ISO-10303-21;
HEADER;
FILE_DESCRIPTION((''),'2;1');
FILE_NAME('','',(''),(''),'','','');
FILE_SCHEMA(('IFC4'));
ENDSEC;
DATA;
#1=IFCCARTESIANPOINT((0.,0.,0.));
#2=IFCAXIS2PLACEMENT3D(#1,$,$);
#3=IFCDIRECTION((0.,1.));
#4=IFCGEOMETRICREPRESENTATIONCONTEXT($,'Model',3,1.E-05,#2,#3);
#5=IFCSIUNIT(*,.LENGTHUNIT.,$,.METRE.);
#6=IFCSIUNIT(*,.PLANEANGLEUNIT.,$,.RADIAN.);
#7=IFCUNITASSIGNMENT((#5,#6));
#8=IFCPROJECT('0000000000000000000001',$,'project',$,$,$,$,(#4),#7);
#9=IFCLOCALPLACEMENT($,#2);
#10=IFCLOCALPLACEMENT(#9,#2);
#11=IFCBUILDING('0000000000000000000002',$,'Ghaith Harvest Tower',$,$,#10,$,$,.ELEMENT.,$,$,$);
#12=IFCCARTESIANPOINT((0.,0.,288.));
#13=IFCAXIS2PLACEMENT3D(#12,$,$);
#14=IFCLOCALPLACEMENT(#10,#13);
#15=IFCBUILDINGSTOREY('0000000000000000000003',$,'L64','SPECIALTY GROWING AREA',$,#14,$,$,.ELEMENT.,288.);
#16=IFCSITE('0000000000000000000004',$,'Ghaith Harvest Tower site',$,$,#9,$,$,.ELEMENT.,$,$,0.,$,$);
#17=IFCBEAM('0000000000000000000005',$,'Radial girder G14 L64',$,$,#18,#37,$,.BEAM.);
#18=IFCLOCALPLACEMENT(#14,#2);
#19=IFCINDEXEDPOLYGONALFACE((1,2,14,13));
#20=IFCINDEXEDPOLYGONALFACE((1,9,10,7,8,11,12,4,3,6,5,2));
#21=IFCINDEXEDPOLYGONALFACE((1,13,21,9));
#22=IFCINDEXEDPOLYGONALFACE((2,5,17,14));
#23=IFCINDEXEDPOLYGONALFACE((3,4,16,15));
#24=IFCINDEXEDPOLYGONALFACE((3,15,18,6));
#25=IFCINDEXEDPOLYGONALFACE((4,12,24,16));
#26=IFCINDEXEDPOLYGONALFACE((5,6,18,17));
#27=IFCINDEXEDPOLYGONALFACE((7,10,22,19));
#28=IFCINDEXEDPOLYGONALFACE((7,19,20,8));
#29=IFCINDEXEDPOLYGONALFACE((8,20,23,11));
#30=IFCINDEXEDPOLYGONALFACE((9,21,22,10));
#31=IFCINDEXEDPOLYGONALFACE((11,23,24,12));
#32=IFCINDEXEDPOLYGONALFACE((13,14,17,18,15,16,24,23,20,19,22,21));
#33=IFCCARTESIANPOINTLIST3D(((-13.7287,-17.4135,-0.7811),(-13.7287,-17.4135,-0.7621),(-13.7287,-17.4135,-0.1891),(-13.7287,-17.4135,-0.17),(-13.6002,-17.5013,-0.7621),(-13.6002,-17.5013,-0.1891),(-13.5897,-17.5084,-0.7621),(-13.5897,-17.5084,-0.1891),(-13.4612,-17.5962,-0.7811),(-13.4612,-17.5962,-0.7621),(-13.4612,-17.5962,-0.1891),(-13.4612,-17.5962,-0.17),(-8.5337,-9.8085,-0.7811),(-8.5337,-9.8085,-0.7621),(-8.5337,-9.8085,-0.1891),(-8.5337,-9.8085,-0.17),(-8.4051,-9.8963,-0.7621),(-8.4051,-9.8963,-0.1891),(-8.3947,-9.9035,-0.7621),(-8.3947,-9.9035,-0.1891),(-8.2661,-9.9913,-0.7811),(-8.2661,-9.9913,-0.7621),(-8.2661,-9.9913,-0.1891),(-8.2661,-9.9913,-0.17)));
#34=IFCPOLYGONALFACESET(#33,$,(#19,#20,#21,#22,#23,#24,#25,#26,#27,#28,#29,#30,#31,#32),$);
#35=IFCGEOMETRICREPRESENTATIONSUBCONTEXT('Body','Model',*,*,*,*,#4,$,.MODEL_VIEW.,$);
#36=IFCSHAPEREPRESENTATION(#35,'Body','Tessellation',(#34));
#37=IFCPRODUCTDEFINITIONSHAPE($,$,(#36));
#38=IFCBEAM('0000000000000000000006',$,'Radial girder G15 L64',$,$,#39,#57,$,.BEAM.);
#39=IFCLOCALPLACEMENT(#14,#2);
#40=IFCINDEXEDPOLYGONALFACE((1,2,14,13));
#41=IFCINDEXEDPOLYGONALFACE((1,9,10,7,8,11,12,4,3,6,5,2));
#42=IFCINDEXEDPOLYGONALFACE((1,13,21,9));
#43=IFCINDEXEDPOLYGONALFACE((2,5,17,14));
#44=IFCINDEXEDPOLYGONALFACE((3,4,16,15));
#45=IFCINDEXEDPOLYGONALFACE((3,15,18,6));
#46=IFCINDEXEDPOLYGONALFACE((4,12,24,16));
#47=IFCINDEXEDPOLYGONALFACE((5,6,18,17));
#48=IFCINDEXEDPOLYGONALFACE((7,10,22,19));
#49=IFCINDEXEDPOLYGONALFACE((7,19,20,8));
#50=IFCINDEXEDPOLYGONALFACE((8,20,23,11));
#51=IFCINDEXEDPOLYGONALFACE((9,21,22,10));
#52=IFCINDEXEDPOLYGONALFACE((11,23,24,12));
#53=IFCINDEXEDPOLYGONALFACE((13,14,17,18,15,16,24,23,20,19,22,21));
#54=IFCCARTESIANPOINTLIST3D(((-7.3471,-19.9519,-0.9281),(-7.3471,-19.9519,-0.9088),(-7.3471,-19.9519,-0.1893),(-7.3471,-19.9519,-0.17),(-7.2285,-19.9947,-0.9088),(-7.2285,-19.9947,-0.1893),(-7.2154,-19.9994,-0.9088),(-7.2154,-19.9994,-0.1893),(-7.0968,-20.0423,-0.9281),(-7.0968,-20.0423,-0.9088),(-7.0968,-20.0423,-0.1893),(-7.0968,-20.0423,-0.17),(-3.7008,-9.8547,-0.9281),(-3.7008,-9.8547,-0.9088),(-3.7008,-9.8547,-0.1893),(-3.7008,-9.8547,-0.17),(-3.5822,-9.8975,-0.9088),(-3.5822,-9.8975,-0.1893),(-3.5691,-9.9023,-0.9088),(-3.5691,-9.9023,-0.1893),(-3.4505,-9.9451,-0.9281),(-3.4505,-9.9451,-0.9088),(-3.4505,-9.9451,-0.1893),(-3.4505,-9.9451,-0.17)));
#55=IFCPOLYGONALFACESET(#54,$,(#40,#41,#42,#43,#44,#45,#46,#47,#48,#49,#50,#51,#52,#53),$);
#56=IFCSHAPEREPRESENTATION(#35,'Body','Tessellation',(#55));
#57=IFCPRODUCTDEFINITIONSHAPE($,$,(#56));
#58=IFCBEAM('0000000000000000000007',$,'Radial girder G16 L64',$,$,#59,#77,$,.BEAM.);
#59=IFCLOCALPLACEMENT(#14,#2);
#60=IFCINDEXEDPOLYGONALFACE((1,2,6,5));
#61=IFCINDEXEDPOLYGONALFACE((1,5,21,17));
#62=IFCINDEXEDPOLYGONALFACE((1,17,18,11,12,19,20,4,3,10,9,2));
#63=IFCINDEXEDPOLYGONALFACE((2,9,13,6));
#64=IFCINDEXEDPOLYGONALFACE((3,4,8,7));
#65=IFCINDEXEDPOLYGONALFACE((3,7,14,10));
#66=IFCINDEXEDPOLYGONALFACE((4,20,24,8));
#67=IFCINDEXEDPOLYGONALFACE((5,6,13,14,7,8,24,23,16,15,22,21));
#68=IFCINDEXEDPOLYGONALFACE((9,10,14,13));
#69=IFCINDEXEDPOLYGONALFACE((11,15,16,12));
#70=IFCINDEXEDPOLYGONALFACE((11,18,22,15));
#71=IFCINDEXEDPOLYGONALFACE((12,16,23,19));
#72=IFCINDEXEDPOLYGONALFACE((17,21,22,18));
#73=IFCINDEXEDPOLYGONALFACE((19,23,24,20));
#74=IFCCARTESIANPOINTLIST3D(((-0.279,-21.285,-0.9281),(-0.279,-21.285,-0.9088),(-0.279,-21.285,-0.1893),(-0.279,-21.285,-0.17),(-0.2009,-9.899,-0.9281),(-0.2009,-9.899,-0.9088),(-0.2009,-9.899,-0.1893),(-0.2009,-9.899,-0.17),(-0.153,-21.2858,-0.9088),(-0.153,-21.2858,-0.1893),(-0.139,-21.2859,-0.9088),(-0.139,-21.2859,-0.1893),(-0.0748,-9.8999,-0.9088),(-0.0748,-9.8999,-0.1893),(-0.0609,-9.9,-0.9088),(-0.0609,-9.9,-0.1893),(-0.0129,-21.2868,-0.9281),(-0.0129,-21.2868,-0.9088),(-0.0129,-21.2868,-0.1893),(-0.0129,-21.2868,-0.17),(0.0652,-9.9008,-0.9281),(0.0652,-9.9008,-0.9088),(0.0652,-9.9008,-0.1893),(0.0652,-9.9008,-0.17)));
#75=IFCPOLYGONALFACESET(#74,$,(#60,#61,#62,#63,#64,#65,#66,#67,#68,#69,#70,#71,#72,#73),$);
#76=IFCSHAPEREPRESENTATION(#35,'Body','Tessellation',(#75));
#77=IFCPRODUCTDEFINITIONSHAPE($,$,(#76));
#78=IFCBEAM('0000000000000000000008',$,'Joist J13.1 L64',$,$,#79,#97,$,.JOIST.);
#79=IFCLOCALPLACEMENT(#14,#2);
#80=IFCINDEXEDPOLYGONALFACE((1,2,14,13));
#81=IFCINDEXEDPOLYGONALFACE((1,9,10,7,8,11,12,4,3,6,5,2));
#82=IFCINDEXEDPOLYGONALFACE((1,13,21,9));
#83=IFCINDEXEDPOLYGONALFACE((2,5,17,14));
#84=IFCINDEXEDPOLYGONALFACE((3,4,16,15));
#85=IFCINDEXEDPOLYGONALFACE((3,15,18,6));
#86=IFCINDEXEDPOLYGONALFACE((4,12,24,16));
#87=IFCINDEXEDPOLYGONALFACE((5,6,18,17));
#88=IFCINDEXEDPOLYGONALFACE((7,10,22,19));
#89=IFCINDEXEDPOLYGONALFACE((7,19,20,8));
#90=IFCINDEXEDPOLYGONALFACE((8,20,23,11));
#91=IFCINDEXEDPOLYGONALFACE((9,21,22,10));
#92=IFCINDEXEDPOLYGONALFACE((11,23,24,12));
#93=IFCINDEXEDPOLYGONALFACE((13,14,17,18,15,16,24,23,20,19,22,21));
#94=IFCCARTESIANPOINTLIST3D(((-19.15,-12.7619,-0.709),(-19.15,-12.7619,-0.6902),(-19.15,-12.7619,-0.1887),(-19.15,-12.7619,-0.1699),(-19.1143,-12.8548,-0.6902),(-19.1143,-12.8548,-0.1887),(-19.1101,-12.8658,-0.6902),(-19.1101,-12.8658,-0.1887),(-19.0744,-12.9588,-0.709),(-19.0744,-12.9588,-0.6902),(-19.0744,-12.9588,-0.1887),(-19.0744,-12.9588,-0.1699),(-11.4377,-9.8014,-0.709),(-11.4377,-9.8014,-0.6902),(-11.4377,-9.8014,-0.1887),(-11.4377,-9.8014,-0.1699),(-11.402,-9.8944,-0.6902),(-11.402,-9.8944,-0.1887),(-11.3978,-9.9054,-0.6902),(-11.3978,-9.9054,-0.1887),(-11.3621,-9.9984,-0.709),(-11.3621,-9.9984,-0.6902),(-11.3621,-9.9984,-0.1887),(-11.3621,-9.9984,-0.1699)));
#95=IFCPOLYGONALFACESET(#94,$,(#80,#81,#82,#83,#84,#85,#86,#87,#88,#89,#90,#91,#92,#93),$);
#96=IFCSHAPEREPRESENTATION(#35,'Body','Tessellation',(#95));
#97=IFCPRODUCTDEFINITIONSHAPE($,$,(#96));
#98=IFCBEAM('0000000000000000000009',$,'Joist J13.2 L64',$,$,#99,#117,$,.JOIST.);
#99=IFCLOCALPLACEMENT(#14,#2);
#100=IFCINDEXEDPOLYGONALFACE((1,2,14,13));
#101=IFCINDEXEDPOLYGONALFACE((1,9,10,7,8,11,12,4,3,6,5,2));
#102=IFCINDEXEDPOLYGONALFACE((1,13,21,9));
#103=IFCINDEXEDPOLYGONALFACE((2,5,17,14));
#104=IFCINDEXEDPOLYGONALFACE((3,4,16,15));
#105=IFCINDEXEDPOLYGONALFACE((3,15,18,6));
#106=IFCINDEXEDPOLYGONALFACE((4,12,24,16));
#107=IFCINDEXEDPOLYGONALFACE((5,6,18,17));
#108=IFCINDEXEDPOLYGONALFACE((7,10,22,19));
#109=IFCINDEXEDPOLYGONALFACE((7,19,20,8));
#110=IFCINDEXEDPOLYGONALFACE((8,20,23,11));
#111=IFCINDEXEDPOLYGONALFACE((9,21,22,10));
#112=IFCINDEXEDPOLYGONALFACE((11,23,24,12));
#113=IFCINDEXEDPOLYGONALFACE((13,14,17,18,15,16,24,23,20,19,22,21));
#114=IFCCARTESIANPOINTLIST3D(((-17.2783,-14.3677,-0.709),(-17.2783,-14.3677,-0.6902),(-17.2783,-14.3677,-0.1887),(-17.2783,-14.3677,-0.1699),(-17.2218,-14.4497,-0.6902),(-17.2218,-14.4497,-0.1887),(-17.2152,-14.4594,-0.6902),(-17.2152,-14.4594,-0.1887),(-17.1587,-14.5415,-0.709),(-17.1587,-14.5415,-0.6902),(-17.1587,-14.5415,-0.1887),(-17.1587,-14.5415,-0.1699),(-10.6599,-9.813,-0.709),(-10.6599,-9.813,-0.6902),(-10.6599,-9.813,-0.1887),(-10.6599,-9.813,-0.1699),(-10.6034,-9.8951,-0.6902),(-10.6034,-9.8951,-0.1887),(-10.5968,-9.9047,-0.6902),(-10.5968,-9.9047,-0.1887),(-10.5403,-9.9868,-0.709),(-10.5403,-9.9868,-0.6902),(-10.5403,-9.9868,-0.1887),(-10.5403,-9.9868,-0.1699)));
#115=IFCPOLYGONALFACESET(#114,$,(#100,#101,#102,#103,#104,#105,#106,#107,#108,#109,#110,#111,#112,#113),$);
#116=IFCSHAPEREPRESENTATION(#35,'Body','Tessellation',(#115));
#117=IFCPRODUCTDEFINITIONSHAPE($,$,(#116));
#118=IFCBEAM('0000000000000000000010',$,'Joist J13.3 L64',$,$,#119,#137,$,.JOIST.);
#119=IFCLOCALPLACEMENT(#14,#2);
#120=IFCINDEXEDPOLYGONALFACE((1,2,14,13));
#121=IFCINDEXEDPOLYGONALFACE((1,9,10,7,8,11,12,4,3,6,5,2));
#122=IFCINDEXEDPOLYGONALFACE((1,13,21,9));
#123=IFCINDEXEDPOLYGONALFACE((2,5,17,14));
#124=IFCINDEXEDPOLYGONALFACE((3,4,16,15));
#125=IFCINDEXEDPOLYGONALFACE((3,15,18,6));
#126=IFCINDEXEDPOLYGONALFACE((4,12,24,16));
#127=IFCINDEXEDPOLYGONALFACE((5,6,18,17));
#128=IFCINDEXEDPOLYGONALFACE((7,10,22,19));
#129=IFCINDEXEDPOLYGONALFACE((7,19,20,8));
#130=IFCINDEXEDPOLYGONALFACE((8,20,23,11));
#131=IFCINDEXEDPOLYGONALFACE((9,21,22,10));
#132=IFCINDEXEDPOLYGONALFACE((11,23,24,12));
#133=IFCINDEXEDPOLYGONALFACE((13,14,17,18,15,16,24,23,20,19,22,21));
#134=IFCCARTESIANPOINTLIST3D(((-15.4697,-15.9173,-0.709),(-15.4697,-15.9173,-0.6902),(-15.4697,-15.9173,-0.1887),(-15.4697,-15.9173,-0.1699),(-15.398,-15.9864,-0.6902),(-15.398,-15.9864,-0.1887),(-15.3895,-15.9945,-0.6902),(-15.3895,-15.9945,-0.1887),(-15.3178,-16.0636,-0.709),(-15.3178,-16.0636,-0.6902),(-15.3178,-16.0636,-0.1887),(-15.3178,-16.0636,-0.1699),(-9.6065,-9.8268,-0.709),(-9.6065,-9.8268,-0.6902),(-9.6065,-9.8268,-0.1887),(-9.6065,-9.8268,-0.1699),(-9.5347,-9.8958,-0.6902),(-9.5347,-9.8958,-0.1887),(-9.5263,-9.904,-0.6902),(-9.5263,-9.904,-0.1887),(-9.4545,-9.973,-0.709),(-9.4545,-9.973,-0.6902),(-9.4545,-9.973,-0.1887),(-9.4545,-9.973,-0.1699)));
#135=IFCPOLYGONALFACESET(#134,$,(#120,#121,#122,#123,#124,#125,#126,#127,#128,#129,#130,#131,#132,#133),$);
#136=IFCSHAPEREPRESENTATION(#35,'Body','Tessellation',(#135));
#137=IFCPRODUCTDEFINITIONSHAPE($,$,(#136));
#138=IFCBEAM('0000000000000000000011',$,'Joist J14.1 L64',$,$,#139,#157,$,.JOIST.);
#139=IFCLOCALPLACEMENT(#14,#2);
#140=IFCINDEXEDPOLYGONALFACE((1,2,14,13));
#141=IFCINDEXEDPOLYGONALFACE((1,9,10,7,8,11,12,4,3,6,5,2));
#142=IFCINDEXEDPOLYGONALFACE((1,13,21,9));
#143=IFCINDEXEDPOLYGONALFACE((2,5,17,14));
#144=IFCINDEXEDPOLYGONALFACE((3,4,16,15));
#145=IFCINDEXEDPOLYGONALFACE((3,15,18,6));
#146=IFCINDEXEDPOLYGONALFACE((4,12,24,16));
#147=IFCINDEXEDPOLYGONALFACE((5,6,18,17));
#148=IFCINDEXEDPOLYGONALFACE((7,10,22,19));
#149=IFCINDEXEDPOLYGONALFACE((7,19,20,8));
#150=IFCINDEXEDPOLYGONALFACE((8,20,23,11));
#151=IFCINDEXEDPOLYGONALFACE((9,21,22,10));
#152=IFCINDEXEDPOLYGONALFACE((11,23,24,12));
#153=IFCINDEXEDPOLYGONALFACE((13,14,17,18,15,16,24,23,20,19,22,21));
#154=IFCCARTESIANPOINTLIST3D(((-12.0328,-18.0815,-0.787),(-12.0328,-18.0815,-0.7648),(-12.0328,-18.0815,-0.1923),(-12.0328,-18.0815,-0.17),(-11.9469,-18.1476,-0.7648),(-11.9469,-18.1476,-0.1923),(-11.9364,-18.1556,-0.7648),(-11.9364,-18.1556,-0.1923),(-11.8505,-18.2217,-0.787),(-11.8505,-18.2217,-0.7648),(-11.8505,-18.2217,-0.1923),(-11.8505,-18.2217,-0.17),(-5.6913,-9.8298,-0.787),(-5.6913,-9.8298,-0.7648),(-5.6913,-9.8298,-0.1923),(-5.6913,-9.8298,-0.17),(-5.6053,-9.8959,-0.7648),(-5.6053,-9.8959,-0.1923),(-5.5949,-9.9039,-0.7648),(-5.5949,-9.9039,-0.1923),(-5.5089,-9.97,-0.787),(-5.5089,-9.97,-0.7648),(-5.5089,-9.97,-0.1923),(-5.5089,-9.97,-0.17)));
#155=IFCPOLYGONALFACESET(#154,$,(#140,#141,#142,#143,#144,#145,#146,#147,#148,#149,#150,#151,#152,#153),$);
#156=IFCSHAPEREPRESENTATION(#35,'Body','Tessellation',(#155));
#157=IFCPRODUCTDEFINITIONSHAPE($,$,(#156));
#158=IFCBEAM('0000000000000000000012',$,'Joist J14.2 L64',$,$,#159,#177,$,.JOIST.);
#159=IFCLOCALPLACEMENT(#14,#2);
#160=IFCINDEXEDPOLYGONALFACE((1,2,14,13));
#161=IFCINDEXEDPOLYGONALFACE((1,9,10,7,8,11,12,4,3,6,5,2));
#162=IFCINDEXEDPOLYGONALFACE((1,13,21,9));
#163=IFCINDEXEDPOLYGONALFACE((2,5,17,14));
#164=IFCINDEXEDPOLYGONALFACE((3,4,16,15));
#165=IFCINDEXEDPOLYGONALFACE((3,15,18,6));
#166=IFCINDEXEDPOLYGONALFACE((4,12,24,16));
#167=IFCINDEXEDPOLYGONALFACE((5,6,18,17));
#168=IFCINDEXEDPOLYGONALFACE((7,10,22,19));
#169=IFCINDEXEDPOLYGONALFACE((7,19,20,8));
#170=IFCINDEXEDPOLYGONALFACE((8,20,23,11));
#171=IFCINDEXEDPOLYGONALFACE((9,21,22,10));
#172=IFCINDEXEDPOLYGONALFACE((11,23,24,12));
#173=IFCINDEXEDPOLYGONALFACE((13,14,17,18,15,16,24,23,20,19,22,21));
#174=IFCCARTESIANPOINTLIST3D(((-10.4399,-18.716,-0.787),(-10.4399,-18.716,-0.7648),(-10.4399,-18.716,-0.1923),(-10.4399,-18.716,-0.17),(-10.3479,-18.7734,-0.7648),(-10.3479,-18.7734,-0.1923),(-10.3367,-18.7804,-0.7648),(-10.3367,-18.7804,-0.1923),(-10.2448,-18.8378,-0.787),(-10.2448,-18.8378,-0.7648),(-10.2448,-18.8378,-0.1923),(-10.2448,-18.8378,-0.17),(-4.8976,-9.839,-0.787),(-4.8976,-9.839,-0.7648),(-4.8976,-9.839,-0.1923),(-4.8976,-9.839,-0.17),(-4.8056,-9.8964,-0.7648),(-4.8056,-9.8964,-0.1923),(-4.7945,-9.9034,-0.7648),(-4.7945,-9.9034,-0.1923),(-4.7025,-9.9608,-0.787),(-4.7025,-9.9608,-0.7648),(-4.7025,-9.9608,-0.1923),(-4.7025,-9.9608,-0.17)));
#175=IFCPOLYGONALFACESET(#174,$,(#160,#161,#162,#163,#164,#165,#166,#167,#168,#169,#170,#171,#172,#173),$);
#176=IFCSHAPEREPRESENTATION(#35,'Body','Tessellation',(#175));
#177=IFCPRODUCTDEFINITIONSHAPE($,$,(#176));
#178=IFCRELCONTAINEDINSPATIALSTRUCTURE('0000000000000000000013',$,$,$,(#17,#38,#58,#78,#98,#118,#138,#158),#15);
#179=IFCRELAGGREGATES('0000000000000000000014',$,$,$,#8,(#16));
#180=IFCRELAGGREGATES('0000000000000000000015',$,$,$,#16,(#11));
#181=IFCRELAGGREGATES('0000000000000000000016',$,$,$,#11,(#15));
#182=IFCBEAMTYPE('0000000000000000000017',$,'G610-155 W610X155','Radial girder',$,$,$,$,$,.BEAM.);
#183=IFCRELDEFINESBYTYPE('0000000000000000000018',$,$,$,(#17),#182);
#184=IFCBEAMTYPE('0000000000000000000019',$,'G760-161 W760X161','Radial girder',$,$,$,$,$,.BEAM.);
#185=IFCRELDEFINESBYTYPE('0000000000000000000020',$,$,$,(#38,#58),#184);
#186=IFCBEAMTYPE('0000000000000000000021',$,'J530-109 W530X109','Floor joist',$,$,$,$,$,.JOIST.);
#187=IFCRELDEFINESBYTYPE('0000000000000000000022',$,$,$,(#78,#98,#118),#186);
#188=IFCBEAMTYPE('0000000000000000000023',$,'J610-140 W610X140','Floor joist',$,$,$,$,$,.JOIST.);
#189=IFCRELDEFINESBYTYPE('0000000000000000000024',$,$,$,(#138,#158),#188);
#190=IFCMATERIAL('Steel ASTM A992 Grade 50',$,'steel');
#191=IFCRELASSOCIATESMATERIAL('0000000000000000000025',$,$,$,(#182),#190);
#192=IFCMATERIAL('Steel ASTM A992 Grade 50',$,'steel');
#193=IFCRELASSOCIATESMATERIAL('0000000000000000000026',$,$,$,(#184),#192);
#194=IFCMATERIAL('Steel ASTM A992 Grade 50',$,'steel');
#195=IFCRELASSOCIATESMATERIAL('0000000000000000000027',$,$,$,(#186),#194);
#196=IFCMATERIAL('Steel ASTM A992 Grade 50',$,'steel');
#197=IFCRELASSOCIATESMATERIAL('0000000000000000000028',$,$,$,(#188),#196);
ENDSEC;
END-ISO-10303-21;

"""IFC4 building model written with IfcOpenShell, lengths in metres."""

from ifc_helpers import new_model, si_unit, direction, frame, origin, origin_2d, place, context, subcontext, project, spatial, i_section, extrude, material, material_profile, profile_set, type_object, element, save


model = new_model("IFC4")

# Units and contexts
model_context = context("Model", 3, precision=1e-05, world=origin(), true_north=direction((0.0, 1.0)))
body_context = subcontext(model_context, "Body", "Model", "MODEL_VIEW")
ifc_project = project(units=[si_unit("LENGTHUNIT", "METRE"), si_unit("PLANEANGLEUNIT", "RADIAN")], contexts=[model_context])

# Site, building, storey
site_placement = place(None, origin())
site = spatial("IfcSite", under=ifc_project, at=site_placement, Name="Ghaith Harvest Tower site", CompositionType="ELEMENT", RefElevation=0.0)
building_placement = place(site_placement, origin())
building = spatial("IfcBuilding", under=site, at=building_placement, Name="Ghaith Harvest Tower", CompositionType="ELEMENT")
storey_placement = place(building_placement, frame((0.0, 0.0, 288.0)))
storey = spatial("IfcBuildingStorey", under=building, at=storey_placement, Name="L64", Description="SPECIALTY GROWING AREA", CompositionType="ELEMENT", Elevation=288.0)

# Beams
ifc_material_1 = material(Name="Steel ASTM A992 Grade 50", Category="steel")
ifc_material_profile_1 = material_profile(ifc_material_1, i_section(OverallWidth=0.324, OverallDepth=0.6111, WebThickness=0.0127, FlangeThickness=0.019, at=origin_2d()), Name="W610X155")
ifc_profile_set_1 = profile_set([ifc_material_profile_1], Name="Steel ASTM A992 Grade 50")
beam_type_1 = type_object("IfcBeamType", Name="G610-155 W610X155", Description="Radial girder", PredefinedType="BEAM", material=ifc_profile_set_1)
beam_1_placement = place(storey_placement, frame((-8.3999, -9.8999, -0.4756), z_axis=(-0.564067, -0.825729, 0.0), x_axis=(0.825729, -0.564067, 0.0)))
element("IfcBeam", 1, at=beam_1_placement, inside=storey, type_object=beam_type_1, Name="Radial girder G14 L64", PredefinedType="BEAM", context=body_context, shape_type="SweptSolid", body=[
    extrude(i_section(OverallWidth=0.324, OverallDepth=0.6111, WebThickness=0.0127, FlangeThickness=0.019, at=origin_2d()), origin(), (0.0, 0.0, 1.0), 9.21),
])
ifc_material_2 = material(Name="Steel ASTM A992 Grade 50", Category="steel")
ifc_material_profile_2 = material_profile(ifc_material_2, i_section(OverallWidth=0.2661, OverallDepth=0.7581, WebThickness=0.0139, FlangeThickness=0.0193, at=origin_2d()), Name="W760X161")
ifc_profile_set_2 = profile_set([ifc_material_profile_2], Name="Steel ASTM A992 Grade 50")
beam_type_2 = type_object("IfcBeamType", Name="G760-161 W760X161", Description="Radial girder", PredefinedType="BEAM", material=ifc_profile_set_2)
beam_2_placement = place(storey_placement, frame((-3.5757, -9.8999, -0.5491), z_axis=(-0.339648, -0.940553, 0.0), x_axis=(0.940553, -0.339648, 0.0)))
element("IfcBeam", 2, at=beam_2_placement, inside=storey, type_object=beam_type_2, Name="Radial girder G15 L64", PredefinedType="BEAM", context=body_context, shape_type="SweptSolid", body=[
    extrude(i_section(OverallWidth=0.2661, OverallDepth=0.7581, WebThickness=0.0139, FlangeThickness=0.0193, at=origin_2d()), origin(), (0.0, 0.0, 1.0), 10.7354),
])
beam_3_placement = place(storey_placement, frame((-0.0679, -9.8999, -0.5491), z_axis=(-0.006861, -0.999976, 0.0), x_axis=(0.999976, -0.006861, 0.0)))
element("IfcBeam", 3, at=beam_3_placement, inside=storey, type_object=beam_type_2, Name="Radial girder G16 L64", PredefinedType="BEAM", context=body_context, shape_type="SweptSolid", body=[
    extrude(i_section(OverallWidth=0.2661, OverallDepth=0.7581, WebThickness=0.0139, FlangeThickness=0.0193, at=origin_2d()), origin(), (0.0, 0.0, 1.0), 11.3862),
])
ifc_material_3 = material(Name="Steel ASTM A992 Grade 50", Category="steel")
ifc_material_profile_3 = material_profile(ifc_material_3, i_section(OverallWidth=0.2109, OverallDepth=0.5391, WebThickness=0.0117, FlangeThickness=0.0188, at=origin_2d()), Name="W530X109")
ifc_profile_set_3 = profile_set([ifc_material_profile_3], Name="Steel ASTM A992 Grade 50")
beam_type_3 = type_object("IfcBeamType", Name="J530-109 W530X109", Description="Floor joist", PredefinedType="JOIST", material=ifc_profile_set_3)
beam_4_placement = place(storey_placement, frame((-11.3999, -9.8999, -0.4395), z_axis=(-0.933583, -0.358361, 0.0), x_axis=(0.358361, -0.933583, 0.0)))
element("IfcBeam", 4, at=beam_4_placement, inside=storey, type_object=beam_type_3, Name="Joist J13.1 L64", PredefinedType="JOIST", context=body_context, shape_type="SweptSolid", body=[
    extrude(i_section(OverallWidth=0.2109, OverallDepth=0.5391, WebThickness=0.0117, FlangeThickness=0.0188, at=origin_2d()), origin(), (0.0, 0.0, 1.0), 8.261),
])
beam_5_placement = place(storey_placement, frame((-10.6001, -9.8999, -0.4395), z_axis=(-0.823779, -0.566912, 0.0), x_axis=(0.566912, -0.823779, 0.0)))
element("IfcBeam", 5, at=beam_5_placement, inside=storey, type_object=beam_type_3, Name="Joist J13.2 L64", PredefinedType="JOIST", context=body_context, shape_type="SweptSolid", body=[
    extrude(i_section(OverallWidth=0.2109, OverallDepth=0.5391, WebThickness=0.0117, FlangeThickness=0.0188, at=origin_2d()), origin(), (0.0, 0.0, 1.0), 8.0342),
])
beam_6_placement = place(storey_placement, frame((-9.5305, -9.8999, -0.4395), z_axis=(-0.693536, -0.720422, 0.0), x_axis=(0.720422, -0.693536, 0.0)))
element("IfcBeam", 6, at=beam_6_placement, inside=storey, type_object=beam_type_3, Name="Joist J13.3 L64", PredefinedType="JOIST", context=body_context, shape_type="SweptSolid", body=[
    extrude(i_section(OverallWidth=0.2109, OverallDepth=0.5391, WebThickness=0.0117, FlangeThickness=0.0188, at=origin_2d()), origin(), (0.0, 0.0, 1.0), 8.4541),
])
ifc_material_4 = material(Name="Steel ASTM A992 Grade 50", Category="steel")
ifc_material_profile_4 = material_profile(ifc_material_4, i_section(OverallWidth=0.23, OverallDepth=0.6169, WebThickness=0.0132, FlangeThickness=0.0222, at=origin_2d()), Name="W610X140")
ifc_profile_set_4 = profile_set([ifc_material_profile_4], Name="Steel ASTM A992 Grade 50")
beam_type_4 = type_object("IfcBeamType", Name="J610-140 W610X140", Description="Floor joist", PredefinedType="JOIST", material=ifc_profile_set_4)
beam_7_placement = place(storey_placement, frame((-5.6001, -9.8999, -0.4785), z_axis=(-0.609354, -0.792899, 0.0), x_axis=(0.792899, -0.609354, 0.0)))
element("IfcBeam", 7, at=beam_7_placement, inside=storey, type_object=beam_type_4, Name="Joist J14.1 L64", PredefinedType="JOIST", context=body_context, shape_type="SweptSolid", body=[
    extrude(i_section(OverallWidth=0.23, OverallDepth=0.6169, WebThickness=0.0132, FlangeThickness=0.0222, at=origin_2d()), origin(), (0.0, 0.0, 1.0), 10.407),
])
beam_8_placement = place(storey_placement, frame((-4.8, -9.8999, -0.4785), z_axis=(-0.529596, -0.84825, 0.0), x_axis=(0.84825, -0.529596, 0.0)))
element("IfcBeam", 8, at=beam_8_placement, inside=storey, type_object=beam_type_4, Name="Joist J14.2 L64", PredefinedType="JOIST", context=body_context, shape_type="SweptSolid", body=[
    extrude(i_section(OverallWidth=0.23, OverallDepth=0.6169, WebThickness=0.0132, FlangeThickness=0.0222, at=origin_2d()), origin(), (0.0, 0.0, 1.0), 10.4651),
])

save(model, "model.ifc")
